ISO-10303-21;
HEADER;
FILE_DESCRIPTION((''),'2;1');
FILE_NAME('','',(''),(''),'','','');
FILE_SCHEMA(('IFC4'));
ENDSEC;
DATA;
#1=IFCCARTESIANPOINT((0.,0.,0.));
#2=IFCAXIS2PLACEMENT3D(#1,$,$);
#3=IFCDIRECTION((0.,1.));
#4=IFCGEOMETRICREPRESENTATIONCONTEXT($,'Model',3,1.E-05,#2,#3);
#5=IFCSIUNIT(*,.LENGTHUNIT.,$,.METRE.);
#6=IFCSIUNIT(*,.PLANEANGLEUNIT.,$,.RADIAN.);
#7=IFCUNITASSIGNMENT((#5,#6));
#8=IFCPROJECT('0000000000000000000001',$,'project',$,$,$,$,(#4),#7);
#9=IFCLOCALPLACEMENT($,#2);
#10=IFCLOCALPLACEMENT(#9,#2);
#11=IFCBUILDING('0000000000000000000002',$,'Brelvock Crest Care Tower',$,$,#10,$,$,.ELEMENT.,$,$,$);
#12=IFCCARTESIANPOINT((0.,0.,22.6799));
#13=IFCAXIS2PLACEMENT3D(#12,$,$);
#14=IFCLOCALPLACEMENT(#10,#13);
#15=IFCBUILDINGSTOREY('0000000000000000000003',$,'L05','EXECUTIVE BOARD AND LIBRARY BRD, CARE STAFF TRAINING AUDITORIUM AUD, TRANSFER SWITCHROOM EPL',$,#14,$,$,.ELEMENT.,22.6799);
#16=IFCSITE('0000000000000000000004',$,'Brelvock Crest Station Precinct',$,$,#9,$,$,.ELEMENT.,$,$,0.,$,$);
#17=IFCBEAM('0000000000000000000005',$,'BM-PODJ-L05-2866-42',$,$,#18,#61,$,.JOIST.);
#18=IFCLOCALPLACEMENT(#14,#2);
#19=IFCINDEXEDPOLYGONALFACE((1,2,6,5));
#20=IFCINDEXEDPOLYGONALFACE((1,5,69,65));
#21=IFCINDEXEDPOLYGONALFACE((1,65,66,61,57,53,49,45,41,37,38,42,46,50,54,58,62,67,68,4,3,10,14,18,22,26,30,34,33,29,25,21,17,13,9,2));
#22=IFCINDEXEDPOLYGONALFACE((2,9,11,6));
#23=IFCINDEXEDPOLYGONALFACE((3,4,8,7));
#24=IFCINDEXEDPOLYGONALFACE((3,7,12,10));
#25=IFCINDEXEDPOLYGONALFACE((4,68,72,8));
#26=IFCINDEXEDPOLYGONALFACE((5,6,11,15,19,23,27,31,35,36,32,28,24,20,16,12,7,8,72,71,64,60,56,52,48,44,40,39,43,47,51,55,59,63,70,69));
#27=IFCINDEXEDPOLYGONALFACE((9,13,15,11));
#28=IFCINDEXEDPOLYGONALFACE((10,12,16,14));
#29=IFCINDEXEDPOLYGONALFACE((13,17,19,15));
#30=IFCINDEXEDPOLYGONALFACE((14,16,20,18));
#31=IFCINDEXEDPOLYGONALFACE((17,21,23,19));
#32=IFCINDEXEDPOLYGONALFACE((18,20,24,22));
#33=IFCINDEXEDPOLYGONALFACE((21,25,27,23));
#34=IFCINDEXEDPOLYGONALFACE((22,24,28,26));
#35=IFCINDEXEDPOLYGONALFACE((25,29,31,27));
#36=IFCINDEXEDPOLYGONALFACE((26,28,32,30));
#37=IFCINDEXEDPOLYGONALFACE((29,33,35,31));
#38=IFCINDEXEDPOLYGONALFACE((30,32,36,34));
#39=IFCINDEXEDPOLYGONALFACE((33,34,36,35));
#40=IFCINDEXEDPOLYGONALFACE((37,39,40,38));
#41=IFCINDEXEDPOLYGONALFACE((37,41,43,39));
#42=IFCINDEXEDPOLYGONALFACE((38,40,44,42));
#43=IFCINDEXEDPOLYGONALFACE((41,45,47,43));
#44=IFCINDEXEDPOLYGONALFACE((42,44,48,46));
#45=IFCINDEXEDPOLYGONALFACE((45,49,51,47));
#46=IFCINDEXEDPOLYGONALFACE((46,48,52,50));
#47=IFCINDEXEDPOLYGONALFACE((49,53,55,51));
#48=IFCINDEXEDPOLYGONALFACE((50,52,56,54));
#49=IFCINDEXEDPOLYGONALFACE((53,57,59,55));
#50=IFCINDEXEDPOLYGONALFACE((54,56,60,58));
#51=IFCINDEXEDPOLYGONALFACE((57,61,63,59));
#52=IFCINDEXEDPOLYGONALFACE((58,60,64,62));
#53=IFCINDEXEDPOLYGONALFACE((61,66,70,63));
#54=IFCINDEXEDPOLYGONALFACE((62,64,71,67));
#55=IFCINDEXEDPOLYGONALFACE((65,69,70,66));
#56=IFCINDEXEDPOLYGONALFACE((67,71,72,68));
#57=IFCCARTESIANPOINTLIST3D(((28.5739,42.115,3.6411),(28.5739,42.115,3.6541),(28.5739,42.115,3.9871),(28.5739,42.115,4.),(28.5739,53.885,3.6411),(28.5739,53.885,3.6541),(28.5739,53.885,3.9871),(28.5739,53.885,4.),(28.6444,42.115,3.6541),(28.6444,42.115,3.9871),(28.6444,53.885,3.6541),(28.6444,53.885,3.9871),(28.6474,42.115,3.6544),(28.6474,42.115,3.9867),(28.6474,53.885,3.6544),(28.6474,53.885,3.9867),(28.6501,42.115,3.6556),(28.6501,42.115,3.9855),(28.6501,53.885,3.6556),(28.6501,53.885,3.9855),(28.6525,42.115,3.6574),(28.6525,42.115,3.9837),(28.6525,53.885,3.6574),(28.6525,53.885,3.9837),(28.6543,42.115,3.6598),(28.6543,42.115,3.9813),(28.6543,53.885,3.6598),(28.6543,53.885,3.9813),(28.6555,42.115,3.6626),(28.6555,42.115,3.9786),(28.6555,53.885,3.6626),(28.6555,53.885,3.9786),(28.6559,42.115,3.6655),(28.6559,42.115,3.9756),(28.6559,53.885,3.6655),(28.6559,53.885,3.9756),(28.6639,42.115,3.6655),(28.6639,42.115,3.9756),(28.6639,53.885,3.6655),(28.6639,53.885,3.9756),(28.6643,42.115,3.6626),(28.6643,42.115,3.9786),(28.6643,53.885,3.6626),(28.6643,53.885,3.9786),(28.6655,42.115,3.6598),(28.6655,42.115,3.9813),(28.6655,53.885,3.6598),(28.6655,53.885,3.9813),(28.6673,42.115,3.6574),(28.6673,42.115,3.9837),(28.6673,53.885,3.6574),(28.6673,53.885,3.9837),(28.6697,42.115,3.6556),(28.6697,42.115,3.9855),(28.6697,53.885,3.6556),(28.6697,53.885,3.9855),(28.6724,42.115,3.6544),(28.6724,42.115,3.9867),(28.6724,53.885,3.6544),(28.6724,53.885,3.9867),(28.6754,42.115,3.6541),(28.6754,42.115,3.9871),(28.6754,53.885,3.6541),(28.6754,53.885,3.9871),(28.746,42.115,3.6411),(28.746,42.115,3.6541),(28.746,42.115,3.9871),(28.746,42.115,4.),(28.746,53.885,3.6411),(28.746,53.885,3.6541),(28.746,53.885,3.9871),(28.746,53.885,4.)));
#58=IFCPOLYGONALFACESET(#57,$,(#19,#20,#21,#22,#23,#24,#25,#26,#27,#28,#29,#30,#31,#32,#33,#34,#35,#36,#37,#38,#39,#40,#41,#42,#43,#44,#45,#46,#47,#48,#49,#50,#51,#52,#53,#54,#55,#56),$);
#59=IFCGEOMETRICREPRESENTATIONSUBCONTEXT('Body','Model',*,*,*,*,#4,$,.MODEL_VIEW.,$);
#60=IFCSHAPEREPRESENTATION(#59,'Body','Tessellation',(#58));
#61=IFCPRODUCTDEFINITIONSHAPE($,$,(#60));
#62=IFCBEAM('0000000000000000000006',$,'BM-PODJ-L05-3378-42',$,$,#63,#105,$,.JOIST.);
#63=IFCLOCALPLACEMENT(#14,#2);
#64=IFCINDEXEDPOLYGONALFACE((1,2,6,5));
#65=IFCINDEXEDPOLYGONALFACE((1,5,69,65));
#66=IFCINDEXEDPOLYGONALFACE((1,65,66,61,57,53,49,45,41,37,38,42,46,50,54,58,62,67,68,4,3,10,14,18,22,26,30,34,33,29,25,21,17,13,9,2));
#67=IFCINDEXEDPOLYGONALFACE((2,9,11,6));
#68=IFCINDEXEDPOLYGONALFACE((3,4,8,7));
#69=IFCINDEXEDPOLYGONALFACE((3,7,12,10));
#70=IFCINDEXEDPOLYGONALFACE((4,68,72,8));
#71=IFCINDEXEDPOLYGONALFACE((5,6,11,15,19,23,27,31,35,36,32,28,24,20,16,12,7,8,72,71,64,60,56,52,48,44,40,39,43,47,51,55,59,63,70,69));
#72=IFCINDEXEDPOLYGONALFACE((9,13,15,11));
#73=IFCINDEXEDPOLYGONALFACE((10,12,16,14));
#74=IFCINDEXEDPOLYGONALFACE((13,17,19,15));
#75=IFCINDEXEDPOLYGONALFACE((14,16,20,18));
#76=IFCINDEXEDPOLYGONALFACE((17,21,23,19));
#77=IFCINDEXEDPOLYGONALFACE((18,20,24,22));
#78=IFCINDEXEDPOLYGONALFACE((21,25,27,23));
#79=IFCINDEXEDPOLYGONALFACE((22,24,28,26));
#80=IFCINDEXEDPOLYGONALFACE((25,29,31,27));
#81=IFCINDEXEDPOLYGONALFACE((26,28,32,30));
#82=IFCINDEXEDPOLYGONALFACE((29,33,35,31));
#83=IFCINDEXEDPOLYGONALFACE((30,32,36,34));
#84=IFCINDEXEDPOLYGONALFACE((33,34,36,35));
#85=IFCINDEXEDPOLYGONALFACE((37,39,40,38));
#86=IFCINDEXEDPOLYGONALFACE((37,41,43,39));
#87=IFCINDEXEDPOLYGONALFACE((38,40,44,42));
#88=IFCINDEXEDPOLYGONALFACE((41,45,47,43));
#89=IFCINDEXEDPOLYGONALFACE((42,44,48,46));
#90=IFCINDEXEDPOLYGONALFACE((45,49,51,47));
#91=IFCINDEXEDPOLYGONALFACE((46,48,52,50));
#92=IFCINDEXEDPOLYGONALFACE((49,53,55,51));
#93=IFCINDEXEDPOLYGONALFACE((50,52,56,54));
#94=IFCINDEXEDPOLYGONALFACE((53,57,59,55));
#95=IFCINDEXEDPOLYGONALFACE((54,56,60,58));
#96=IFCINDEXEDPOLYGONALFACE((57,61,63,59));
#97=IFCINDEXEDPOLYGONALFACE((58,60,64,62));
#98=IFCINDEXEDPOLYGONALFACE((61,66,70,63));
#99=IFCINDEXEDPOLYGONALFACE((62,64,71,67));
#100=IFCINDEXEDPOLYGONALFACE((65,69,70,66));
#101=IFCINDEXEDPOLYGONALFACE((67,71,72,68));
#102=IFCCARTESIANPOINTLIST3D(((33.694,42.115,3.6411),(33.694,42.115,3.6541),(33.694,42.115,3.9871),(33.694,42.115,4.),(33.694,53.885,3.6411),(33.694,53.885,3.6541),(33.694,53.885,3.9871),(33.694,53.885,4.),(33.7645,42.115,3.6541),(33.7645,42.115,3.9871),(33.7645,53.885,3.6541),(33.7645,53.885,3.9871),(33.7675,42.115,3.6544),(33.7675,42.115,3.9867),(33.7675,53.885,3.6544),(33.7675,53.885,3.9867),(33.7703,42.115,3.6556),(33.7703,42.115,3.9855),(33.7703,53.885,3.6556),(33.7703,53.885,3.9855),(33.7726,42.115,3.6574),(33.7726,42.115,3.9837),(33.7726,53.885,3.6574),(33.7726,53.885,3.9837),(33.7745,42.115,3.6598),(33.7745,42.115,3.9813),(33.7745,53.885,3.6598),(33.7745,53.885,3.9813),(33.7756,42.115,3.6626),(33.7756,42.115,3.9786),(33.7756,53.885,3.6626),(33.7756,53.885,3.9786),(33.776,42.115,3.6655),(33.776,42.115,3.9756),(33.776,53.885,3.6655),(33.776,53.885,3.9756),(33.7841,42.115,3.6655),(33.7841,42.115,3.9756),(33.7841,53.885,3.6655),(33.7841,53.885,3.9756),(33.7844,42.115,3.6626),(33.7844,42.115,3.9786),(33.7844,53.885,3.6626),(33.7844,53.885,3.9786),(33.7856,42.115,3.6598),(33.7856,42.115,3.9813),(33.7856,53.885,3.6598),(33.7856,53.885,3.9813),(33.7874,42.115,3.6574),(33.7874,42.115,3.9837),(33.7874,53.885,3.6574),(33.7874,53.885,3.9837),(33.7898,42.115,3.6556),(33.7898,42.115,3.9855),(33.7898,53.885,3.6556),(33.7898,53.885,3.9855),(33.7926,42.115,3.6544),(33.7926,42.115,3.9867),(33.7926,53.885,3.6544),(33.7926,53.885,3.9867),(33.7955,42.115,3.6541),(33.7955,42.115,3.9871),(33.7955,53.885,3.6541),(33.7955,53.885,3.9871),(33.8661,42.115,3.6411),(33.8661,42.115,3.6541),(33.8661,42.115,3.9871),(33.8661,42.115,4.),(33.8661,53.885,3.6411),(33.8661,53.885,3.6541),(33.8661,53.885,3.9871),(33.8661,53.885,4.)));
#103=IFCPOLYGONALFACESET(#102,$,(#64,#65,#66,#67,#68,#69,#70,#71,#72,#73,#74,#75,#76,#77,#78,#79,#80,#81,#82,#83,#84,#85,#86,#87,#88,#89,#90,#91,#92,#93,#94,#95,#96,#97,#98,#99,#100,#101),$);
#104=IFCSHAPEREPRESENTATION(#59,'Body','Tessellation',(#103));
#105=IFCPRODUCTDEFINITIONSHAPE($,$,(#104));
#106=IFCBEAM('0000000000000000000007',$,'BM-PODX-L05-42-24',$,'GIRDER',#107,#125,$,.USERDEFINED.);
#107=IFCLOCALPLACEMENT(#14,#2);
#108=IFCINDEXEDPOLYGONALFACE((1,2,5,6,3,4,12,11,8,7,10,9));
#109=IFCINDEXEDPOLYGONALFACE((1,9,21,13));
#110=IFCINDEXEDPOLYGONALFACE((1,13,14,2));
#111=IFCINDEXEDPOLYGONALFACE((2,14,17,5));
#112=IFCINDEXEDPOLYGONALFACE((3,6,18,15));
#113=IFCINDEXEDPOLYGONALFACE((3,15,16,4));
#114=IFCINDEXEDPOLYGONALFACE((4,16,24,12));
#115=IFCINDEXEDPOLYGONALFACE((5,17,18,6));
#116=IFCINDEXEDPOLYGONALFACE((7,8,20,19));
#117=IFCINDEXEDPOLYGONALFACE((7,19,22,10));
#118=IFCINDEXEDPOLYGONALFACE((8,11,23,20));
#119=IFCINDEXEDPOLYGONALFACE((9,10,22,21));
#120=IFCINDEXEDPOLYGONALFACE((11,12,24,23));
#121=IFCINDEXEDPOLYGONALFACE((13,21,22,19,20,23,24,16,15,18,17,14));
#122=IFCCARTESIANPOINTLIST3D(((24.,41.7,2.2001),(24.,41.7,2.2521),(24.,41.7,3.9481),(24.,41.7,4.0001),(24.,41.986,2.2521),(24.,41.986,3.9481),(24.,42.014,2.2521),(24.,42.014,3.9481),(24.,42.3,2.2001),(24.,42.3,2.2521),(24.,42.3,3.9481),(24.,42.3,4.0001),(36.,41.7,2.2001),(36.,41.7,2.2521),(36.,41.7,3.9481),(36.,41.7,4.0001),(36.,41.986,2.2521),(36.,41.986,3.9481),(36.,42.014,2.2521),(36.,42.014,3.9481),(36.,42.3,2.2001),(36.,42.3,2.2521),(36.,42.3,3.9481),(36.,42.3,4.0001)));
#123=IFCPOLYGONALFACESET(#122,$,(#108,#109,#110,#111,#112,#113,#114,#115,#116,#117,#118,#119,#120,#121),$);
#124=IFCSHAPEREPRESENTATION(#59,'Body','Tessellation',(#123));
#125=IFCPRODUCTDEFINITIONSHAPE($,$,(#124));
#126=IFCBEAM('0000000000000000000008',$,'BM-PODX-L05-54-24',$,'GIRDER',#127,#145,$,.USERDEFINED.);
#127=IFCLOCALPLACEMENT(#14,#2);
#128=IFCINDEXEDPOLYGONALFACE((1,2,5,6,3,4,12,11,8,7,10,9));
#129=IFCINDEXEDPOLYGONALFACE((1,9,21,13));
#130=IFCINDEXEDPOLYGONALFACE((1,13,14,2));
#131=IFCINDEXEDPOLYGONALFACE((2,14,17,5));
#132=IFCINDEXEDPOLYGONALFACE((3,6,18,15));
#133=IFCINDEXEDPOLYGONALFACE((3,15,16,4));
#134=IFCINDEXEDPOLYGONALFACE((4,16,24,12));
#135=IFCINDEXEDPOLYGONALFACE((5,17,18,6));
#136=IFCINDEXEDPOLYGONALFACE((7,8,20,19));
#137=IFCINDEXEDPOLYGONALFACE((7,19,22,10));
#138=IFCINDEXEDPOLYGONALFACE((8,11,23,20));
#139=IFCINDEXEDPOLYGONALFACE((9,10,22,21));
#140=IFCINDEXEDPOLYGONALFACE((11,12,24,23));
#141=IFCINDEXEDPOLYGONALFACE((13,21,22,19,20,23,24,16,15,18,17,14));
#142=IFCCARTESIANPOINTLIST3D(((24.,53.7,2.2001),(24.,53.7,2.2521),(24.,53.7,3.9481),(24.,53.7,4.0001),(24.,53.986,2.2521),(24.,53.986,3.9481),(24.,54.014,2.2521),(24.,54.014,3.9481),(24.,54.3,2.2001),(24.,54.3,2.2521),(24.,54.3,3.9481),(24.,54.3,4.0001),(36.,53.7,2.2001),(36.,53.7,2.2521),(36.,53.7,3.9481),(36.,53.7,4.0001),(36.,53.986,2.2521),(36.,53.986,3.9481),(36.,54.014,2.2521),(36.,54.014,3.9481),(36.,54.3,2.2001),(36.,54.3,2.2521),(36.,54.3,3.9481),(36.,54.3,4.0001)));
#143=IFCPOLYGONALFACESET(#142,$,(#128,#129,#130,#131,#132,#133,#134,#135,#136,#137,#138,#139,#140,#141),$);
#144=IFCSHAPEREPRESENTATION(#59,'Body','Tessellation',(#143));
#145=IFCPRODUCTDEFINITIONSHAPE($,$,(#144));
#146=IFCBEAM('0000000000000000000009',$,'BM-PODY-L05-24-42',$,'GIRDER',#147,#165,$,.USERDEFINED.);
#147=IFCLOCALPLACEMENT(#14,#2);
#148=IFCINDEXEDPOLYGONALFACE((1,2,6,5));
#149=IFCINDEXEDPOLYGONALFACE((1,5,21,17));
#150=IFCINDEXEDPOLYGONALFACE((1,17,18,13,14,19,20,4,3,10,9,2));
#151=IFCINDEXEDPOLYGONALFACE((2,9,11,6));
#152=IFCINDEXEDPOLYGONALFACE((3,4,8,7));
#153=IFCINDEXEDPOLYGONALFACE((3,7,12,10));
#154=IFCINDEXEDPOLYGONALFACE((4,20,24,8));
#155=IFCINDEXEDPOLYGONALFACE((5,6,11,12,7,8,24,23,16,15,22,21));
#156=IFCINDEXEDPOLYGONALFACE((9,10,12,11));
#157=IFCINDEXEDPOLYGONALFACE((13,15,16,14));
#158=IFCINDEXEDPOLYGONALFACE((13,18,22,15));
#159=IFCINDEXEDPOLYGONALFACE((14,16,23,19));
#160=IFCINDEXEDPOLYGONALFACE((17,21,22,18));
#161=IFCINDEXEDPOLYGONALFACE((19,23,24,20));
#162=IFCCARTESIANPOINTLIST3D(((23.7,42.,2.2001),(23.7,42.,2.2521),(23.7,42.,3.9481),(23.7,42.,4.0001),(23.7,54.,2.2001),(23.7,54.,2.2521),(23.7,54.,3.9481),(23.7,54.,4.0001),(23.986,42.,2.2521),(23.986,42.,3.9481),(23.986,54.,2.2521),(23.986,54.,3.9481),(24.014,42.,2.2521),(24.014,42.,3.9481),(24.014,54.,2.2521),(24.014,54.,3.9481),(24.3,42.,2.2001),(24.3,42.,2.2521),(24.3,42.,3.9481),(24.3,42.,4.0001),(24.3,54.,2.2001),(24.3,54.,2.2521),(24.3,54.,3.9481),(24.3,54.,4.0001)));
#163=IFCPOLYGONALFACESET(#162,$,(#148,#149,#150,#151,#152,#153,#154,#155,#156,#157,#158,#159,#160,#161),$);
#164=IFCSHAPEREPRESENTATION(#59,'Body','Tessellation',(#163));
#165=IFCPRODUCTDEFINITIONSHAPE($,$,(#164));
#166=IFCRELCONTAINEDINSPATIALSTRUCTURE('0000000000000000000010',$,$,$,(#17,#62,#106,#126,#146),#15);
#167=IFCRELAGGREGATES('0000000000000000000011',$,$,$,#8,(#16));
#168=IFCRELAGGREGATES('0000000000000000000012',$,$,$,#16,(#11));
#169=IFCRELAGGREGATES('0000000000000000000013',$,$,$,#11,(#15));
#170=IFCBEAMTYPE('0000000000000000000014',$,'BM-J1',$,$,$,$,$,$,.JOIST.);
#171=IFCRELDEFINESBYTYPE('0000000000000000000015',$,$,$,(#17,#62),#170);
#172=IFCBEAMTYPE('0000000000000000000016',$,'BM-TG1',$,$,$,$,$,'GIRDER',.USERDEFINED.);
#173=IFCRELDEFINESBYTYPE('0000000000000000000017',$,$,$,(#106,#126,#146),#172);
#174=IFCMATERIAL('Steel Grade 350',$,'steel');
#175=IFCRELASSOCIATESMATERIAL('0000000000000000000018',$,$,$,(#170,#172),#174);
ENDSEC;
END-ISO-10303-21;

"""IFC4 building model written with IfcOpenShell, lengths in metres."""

from ifc_helpers import new_model, si_unit, direction, frame, origin, origin_2d, place, context, subcontext, project, spatial, i_section, extrude, source, transform, mapped, material, material_profile, profile_set, type_object, element, save


model = new_model("IFC4")

# Units and contexts
model_context = context("Model", 3, precision=1e-05, world=origin(), true_north=direction((0.0, 1.0)))
body_context = subcontext(model_context, "Body", "Model", "MODEL_VIEW")
ifc_project = project(units=[si_unit("LENGTHUNIT", "METRE"), si_unit("PLANEANGLEUNIT", "RADIAN")], contexts=[model_context])

# Site, building, storey
site_placement = place(None, origin())
site = spatial("IfcSite", under=ifc_project, at=site_placement, Name="Brelvock Crest Station Precinct", CompositionType="ELEMENT", RefElevation=0.0)
building_placement = place(site_placement, origin())
building = spatial("IfcBuilding", under=site, at=building_placement, Name="Brelvock Crest Care Tower", CompositionType="ELEMENT")
storey_placement = place(building_placement, frame((0.0, 0.0, 22.6799)))
storey = spatial("IfcBuildingStorey", under=building, at=storey_placement, Name="L05", Description="EXECUTIVE BOARD AND LIBRARY BRD, CARE STAFF TRAINING AUDITORIUM AUD, TRANSFER SWITCHROOM EPL", CompositionType="ELEMENT", Elevation=22.6799)

# Shared definitions
ifc_material_1 = material(Name="Steel Grade 350", Category="steel")

# Beams
ifc_material_profile_1 = material_profile(ifc_material_1, i_section(OverallWidth=0.1721, OverallDepth=0.3589, WebThickness=0.0081, FlangeThickness=0.0129, FilletRadius=0.0115, at=origin_2d()), Name="360UB56.7")
ifc_profile_set_1 = profile_set([ifc_material_profile_1], Name="Steel Grade 350")
beam_type_1 = type_object("IfcBeamType", Name="BM-J1", PredefinedType="JOIST", material=ifc_profile_set_1)
shared_shape_1 = source(origin(), body_context, "Body", "SweptSolid", [
    extrude(i_section(OverallWidth=0.1721, OverallDepth=0.3589, WebThickness=0.0081, FlangeThickness=0.0129, FilletRadius=0.0115, at=origin_2d()), origin(), (0.0, 0.0, 1.0), 11.77),
])
for number, where, z_axis, x_axis, name in (
    (1, (28.6599, 42.115, 3.8206), (0.0, 1.0, 0.0), (-1.0, 0.0, 0.0), "BM-PODJ-L05-2866-42"),
    (2, (33.78, 42.115, 3.8206), (0.0, 1.0, 0.0), (-1.0, 0.0, 0.0), "BM-PODJ-L05-3378-42"),
):
    element("IfcBeam", number, at=place(storey_placement, frame(where, z_axis=z_axis, x_axis=x_axis)), inside=storey, type_object=beam_type_1, Name=name, PredefinedType="JOIST", context=body_context, shape_type="MappedRepresentation", body=[
        mapped(shared_shape_1, transform((0.0, 0.0, 0.0), x_axis=(1.0, 0.0, 0.0), y_axis=(0.0, 1.0, 0.0), z_axis=(0.0, 0.0, 1.0), scale=1.0)),
    ])
ifc_material_profile_2 = material_profile(ifc_material_1, i_section(OverallWidth=0.6001, OverallDepth=1.8, WebThickness=0.0281, FlangeThickness=0.052, at=origin_2d()), Name="1800TG740")
ifc_profile_set_2 = profile_set([ifc_material_profile_2], Name="Steel Grade 350")
beam_type_2 = type_object("IfcBeamType", Name="BM-TG1", ElementType="GIRDER", PredefinedType="USERDEFINED", material=ifc_profile_set_2)
shared_shape_2 = source(origin(), body_context, "Body", "SweptSolid", [
    extrude(i_section(OverallWidth=0.6001, OverallDepth=1.8, WebThickness=0.0281, FlangeThickness=0.052, at=origin_2d()), origin(), (0.0, 0.0, 1.0), 12.0),
])
for number, where, z_axis, x_axis, name in (
    (3, (24.0, 42.0, 3.1001), (1.0, 0.0, 0.0), (0.0, 1.0, 0.0), "BM-PODX-L05-42-24"),
    (4, (24.0, 54.0, 3.1001), (1.0, 0.0, 0.0), (0.0, 1.0, 0.0), "BM-PODX-L05-54-24"),
    (5, (24.0, 42.0, 3.1001), (0.0, 1.0, 0.0), (-1.0, 0.0, 0.0), "BM-PODY-L05-24-42"),
):
    element("IfcBeam", number, at=place(storey_placement, frame(where, z_axis=z_axis, x_axis=x_axis)), inside=storey, type_object=beam_type_2, Name=name, ObjectType="GIRDER", PredefinedType="USERDEFINED", context=body_context, shape_type="MappedRepresentation", body=[
        mapped(shared_shape_2, transform((0.0, 0.0, 0.0), x_axis=(1.0, 0.0, 0.0), y_axis=(0.0, 1.0, 0.0), z_axis=(0.0, 0.0, 1.0), scale=1.0)),
    ])

save(model, "model.ifc")
